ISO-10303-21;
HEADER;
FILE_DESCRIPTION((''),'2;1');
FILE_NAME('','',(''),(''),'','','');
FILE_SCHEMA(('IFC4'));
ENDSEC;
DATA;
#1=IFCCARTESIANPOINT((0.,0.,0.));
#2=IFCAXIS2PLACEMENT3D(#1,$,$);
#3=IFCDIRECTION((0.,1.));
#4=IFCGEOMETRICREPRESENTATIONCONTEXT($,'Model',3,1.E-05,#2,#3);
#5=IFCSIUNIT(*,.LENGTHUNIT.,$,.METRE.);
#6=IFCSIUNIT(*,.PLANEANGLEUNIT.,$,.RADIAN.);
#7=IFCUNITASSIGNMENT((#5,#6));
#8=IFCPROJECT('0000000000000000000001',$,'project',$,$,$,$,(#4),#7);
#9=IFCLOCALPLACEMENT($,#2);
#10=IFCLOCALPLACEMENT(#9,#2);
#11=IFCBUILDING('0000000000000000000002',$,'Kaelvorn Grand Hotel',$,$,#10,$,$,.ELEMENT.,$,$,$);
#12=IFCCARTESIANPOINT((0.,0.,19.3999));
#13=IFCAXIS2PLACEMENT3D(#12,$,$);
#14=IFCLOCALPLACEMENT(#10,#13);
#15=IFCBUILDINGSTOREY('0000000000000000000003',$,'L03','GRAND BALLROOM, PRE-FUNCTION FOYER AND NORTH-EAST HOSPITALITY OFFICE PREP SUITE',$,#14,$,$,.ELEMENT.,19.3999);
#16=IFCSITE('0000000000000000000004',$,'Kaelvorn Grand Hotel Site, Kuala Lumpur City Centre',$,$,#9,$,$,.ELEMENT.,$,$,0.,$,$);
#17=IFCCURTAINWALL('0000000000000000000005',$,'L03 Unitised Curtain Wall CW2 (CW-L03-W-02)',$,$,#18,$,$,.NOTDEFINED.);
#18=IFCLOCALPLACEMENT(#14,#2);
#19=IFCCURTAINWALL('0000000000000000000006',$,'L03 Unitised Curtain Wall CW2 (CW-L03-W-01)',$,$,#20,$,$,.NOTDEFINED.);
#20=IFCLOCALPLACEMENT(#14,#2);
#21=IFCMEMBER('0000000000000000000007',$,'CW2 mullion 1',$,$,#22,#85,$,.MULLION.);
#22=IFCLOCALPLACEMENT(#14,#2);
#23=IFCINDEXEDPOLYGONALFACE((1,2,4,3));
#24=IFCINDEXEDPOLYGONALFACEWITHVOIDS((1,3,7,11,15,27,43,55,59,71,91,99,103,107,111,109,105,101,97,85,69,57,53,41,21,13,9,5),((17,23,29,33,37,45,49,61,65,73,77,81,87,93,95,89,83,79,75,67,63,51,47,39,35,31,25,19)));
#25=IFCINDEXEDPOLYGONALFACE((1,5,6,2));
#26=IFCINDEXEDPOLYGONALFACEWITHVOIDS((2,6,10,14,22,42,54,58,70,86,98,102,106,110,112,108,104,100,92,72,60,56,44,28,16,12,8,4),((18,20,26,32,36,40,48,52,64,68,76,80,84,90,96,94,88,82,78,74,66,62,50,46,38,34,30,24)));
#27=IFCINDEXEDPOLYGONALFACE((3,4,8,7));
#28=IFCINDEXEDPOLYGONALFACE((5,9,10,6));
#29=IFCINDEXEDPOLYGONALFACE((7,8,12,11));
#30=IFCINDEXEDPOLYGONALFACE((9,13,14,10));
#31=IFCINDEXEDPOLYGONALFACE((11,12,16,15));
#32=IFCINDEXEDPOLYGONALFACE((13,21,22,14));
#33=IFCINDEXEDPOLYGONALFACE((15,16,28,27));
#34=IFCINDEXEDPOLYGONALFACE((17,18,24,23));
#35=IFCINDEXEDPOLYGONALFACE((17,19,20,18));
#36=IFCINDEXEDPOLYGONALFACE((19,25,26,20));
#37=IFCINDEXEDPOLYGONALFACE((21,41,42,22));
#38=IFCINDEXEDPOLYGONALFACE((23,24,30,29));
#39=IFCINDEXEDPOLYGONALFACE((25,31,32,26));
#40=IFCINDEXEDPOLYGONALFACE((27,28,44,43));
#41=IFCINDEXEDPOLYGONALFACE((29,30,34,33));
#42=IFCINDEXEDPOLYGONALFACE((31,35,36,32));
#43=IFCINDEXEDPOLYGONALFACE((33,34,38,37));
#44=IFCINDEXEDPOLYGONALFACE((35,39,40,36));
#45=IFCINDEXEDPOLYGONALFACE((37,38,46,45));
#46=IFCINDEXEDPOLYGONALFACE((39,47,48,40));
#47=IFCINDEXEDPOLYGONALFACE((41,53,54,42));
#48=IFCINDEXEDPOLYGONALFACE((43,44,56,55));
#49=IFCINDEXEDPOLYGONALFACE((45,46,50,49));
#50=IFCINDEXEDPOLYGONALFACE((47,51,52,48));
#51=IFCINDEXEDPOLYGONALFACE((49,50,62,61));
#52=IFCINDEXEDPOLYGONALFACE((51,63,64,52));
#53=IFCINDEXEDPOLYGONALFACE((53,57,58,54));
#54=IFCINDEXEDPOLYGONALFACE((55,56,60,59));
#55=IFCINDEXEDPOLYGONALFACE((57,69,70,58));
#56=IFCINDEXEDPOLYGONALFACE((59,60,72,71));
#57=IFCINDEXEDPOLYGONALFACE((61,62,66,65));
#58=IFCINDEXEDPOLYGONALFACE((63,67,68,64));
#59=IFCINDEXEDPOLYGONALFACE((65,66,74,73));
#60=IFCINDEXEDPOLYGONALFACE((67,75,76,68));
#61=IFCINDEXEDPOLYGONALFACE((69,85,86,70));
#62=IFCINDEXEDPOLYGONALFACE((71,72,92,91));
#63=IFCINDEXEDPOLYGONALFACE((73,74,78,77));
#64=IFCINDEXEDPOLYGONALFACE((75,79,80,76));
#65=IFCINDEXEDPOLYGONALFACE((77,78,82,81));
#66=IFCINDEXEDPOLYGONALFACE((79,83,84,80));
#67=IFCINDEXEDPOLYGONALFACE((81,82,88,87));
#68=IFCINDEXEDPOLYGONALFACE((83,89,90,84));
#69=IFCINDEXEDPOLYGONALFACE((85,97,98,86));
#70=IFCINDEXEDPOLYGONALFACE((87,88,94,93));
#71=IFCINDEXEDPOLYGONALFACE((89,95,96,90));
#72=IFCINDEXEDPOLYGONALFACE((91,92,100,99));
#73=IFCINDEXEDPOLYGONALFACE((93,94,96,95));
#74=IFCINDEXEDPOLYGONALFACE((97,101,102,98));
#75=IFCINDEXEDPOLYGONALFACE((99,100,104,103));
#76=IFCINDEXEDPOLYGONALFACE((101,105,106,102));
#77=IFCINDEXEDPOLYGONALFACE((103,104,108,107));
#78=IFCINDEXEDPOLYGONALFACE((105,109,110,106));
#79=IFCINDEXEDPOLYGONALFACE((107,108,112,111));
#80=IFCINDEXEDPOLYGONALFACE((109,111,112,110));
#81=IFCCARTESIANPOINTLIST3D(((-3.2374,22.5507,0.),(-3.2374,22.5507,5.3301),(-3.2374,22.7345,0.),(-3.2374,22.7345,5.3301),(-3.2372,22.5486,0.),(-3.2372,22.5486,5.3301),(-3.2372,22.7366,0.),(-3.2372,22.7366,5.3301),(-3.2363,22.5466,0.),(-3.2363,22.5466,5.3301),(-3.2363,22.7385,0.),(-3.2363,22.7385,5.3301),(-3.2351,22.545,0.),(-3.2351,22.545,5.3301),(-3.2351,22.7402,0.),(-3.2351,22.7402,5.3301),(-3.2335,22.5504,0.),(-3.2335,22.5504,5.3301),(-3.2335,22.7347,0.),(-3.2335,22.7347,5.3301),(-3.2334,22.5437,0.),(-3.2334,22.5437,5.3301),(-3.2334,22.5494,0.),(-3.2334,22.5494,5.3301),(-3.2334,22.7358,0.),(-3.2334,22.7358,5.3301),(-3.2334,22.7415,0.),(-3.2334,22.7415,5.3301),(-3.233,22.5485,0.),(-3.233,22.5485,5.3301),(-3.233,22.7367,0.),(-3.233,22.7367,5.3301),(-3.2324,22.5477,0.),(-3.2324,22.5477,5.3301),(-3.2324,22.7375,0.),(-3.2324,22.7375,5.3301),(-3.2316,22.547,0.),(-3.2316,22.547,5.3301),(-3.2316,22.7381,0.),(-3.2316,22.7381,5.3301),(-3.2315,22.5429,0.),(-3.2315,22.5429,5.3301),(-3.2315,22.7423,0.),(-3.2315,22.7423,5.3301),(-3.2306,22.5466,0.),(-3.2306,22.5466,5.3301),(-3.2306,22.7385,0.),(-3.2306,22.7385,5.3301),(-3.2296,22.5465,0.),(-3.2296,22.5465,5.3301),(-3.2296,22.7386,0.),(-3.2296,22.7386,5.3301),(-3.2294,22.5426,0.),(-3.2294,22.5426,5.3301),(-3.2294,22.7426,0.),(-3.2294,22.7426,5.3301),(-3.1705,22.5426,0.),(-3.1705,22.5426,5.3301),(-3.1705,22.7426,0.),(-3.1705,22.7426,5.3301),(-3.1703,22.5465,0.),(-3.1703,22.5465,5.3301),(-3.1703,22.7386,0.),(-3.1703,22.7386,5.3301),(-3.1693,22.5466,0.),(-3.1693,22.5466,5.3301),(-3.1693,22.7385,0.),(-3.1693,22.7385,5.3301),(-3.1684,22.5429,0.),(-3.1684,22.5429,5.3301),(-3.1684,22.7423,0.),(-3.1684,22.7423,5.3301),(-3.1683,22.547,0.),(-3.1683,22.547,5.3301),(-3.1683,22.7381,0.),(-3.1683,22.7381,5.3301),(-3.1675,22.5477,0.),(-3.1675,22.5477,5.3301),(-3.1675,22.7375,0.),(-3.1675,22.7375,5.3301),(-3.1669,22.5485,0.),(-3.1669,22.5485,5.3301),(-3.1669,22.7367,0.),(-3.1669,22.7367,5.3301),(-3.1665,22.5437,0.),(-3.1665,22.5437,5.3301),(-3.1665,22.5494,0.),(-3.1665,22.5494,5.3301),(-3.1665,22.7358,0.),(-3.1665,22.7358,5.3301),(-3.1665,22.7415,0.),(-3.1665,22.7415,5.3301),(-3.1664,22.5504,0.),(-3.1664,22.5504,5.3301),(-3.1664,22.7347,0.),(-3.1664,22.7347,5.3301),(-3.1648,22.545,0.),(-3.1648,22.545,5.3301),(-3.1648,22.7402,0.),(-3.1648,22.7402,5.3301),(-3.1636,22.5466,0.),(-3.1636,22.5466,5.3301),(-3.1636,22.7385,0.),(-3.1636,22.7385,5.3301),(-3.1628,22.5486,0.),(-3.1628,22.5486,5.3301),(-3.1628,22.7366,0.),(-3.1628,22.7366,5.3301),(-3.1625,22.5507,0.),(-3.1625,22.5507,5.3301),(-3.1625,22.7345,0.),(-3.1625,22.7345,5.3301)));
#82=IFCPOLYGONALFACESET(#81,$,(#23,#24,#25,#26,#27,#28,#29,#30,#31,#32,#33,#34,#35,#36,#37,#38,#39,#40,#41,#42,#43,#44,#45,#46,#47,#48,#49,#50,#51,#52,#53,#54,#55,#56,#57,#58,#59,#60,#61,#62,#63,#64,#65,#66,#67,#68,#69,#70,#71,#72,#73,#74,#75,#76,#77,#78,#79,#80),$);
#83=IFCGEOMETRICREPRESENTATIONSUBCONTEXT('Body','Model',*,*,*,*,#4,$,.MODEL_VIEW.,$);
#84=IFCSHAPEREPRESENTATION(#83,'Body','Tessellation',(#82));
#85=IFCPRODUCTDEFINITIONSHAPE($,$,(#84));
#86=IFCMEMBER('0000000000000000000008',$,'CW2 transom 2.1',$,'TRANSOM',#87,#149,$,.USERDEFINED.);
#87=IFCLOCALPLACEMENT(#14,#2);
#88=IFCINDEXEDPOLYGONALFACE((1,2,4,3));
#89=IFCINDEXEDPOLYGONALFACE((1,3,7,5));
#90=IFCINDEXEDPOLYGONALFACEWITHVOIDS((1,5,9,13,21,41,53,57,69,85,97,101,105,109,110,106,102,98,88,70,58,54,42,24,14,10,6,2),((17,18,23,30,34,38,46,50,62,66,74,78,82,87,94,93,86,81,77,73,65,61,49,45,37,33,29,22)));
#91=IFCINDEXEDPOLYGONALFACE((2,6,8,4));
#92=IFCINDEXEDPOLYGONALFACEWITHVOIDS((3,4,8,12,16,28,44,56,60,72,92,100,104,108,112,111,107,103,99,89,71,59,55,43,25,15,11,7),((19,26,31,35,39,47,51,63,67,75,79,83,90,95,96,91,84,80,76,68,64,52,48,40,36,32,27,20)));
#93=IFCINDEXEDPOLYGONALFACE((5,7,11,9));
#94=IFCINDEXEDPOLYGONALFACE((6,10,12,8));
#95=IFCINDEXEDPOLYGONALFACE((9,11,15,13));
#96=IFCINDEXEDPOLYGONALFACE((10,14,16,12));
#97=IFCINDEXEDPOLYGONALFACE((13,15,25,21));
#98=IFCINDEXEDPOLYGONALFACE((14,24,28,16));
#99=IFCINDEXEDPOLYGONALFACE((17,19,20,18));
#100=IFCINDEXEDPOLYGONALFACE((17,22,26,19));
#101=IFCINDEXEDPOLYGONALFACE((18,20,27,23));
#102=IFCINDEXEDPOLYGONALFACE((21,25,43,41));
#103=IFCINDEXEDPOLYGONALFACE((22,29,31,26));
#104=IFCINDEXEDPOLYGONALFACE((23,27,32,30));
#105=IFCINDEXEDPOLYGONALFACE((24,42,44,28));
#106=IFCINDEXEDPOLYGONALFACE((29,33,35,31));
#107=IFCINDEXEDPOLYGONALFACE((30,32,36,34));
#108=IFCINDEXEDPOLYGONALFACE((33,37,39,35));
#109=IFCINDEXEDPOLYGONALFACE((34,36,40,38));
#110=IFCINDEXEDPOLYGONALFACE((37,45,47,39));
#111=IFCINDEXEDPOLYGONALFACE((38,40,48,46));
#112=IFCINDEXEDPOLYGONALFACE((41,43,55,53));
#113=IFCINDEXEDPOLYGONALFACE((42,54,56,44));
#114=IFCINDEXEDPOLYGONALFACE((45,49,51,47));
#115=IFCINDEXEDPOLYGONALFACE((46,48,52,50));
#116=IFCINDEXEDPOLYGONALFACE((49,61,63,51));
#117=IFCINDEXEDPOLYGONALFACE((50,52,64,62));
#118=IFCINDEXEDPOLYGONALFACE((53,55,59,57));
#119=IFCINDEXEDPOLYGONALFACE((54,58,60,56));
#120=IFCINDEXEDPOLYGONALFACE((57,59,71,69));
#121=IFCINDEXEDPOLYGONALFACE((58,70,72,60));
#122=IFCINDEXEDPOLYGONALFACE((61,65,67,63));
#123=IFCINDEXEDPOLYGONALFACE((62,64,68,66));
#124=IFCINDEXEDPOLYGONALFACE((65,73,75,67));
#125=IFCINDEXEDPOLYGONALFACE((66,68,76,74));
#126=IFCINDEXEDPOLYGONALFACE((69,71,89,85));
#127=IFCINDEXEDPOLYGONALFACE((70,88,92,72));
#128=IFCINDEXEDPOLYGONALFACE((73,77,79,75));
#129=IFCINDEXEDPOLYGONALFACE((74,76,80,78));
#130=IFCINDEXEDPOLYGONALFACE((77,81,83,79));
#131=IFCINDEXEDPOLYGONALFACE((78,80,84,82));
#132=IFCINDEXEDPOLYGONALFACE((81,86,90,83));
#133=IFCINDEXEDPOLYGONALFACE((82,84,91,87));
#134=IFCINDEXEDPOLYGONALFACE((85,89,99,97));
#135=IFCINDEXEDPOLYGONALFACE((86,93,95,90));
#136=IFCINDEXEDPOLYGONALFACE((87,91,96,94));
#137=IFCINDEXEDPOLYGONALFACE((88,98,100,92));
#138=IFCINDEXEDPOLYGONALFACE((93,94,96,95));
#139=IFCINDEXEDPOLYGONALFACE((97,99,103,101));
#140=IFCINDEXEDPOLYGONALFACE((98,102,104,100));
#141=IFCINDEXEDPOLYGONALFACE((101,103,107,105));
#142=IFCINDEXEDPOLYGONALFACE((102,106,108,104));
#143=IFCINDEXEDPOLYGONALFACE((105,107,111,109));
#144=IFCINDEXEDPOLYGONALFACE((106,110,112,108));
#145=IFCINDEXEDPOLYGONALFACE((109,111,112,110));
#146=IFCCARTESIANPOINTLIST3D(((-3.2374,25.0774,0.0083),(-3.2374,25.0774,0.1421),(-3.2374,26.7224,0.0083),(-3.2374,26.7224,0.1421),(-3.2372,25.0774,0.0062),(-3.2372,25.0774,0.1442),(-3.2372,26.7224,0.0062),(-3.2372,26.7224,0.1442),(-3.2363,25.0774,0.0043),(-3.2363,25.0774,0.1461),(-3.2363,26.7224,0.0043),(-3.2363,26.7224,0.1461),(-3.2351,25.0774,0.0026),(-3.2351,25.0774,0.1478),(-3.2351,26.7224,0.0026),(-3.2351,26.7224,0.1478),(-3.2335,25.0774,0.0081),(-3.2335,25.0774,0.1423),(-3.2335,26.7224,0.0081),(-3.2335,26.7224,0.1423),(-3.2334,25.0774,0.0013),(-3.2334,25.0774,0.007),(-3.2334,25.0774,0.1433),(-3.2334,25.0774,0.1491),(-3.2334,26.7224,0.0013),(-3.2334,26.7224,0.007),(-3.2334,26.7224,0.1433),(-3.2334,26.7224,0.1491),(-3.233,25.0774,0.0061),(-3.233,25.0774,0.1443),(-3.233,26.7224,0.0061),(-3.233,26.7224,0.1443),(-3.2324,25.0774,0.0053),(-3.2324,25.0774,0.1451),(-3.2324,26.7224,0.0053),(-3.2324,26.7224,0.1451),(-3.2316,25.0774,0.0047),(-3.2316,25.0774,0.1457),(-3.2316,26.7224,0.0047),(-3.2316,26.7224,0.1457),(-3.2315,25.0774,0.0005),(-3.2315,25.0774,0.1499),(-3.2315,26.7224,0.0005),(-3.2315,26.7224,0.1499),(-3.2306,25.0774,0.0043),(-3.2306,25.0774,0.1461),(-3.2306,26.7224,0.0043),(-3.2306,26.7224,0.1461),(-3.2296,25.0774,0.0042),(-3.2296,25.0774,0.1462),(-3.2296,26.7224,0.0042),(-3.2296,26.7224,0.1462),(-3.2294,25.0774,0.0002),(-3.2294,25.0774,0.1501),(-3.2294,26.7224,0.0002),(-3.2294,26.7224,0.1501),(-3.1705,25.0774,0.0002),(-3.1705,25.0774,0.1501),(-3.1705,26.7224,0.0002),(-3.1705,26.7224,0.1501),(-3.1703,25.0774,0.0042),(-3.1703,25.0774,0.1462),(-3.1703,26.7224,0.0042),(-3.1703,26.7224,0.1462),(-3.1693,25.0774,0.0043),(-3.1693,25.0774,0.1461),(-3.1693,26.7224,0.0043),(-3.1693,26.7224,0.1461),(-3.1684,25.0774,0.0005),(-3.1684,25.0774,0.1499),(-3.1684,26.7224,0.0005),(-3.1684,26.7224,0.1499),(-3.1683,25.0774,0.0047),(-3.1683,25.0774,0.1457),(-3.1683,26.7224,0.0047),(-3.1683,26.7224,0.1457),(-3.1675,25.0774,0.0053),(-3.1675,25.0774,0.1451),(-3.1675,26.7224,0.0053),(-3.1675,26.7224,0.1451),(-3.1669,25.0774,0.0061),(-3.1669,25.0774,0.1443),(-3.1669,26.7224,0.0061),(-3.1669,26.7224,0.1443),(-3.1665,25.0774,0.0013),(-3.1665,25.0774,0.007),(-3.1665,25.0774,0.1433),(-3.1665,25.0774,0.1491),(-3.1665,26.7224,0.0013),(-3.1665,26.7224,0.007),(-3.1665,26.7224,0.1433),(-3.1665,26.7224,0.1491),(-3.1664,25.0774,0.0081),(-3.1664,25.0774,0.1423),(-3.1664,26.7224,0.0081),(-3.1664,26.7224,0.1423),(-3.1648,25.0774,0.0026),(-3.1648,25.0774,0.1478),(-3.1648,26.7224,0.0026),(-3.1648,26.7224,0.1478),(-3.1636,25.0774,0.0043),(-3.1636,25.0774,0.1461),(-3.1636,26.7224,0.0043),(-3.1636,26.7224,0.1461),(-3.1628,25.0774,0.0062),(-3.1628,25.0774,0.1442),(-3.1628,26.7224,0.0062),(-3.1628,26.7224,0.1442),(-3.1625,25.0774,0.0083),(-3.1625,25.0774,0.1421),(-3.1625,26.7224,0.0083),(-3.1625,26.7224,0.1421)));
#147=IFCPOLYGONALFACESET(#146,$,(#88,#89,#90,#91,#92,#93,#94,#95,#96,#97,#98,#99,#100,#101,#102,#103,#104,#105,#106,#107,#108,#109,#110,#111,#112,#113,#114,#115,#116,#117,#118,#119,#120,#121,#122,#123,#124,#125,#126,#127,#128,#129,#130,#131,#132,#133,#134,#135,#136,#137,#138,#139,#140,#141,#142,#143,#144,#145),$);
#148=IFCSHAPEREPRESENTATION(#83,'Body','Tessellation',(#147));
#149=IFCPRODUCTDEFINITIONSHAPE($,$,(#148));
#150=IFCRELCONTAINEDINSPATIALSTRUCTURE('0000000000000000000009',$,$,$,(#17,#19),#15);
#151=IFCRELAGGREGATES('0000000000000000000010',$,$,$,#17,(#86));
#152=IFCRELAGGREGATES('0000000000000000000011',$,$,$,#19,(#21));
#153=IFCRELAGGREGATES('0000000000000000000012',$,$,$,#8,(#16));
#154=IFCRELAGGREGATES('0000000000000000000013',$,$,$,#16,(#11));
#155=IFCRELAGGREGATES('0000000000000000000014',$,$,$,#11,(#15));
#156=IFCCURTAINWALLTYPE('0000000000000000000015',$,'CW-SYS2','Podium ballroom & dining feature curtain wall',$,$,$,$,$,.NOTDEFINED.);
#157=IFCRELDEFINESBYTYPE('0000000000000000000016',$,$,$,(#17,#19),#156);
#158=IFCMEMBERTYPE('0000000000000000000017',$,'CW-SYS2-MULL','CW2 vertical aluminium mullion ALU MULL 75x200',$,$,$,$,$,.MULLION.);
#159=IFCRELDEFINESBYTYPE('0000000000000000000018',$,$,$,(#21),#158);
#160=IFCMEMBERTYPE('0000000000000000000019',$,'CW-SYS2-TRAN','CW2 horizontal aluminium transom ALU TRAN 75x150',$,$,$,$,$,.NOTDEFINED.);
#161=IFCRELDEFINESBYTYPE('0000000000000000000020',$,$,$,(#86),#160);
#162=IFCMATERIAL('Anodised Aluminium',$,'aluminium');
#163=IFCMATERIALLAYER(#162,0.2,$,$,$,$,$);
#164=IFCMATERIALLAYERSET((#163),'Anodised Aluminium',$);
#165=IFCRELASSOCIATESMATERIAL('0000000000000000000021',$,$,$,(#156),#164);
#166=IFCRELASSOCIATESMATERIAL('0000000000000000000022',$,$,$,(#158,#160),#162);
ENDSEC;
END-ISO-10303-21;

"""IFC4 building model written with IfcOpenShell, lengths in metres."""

from ifc_helpers import new_model, si_unit, direction, frame, origin, origin_2d, place, context, subcontext, project, spatial, hollow_rectangle, extrude, material, layer, layer_set, material_profile, profile_set, type_object, element, aggregate, save


model = new_model("IFC4")

# Units and contexts
model_context = context("Model", 3, precision=1e-05, world=origin(), true_north=direction((0.0, 1.0)))
body_context = subcontext(model_context, "Body", "Model", "MODEL_VIEW")
ifc_project = project(units=[si_unit("LENGTHUNIT", "METRE"), si_unit("PLANEANGLEUNIT", "RADIAN")], contexts=[model_context])

# Site, building, storey
site_placement = place(None, origin())
site = spatial("IfcSite", under=ifc_project, at=site_placement, Name="Kaelvorn Grand Hotel Site, Kuala Lumpur City Centre", CompositionType="ELEMENT", RefElevation=0.0)
building_placement = place(site_placement, origin())
building = spatial("IfcBuilding", under=site, at=building_placement, Name="Kaelvorn Grand Hotel", CompositionType="ELEMENT")
storey_placement = place(building_placement, frame((0.0, 0.0, 19.3999)))
storey = spatial("IfcBuildingStorey", under=building, at=storey_placement, Name="L03", Description="GRAND BALLROOM, PRE-FUNCTION FOYER AND NORTH-EAST HOSPITALITY OFFICE PREP SUITE", CompositionType="ELEMENT", Elevation=19.3999)

# Curtain wall
ifc_material_1 = material(Name="Anodised Aluminium", Category="aluminium")
ifc_layer_1 = layer(ifc_material_1, 0.2)
ifc_layer_set_1 = layer_set([ifc_layer_1], Name="Anodised Aluminium")
curtain_wall_type = type_object("IfcCurtainWallType", Name="CW-SYS2", Description="Podium ballroom & dining feature curtain wall", PredefinedType="NOTDEFINED", material=ifc_layer_set_1)
curtain_wall_1_placement = place(storey_placement, origin())
curtain_wall_1 = element("IfcCurtainWall", 1, at=curtain_wall_1_placement, inside=storey, type_object=curtain_wall_type, Name="L03 Unitised Curtain Wall CW2 (CW-L03-W-02)", PredefinedType="NOTDEFINED")
ifc_material_profile_1 = material_profile(ifc_material_1, hollow_rectangle(XDim=0.075, YDim=0.2, WallThickness=0.0039, InnerFilletRadius=0.0039, OuterFilletRadius=0.0081, at=origin_2d()), Name="ALU MULL 75x200")
ifc_profile_set_1 = profile_set([ifc_material_profile_1], Name="Anodised Aluminium")
member_type_1 = type_object("IfcMemberType", Name="CW-SYS2-MULL", Description="CW2 vertical aluminium mullion ALU MULL 75x200", PredefinedType="MULLION", material=ifc_profile_set_1)

# Curtain wall, member
curtain_wall_2_placement = place(storey_placement, origin())
curtain_wall_2 = element("IfcCurtainWall", 2, at=curtain_wall_2_placement, inside=storey, type_object=curtain_wall_type, Name="L03 Unitised Curtain Wall CW2 (CW-L03-W-01)", PredefinedType="NOTDEFINED")
member_1_placement = place(storey_placement, frame((-3.2, 22.6426, 0.0), z_axis=(0.0, 0.0, 1.0), x_axis=(1.0, 0.0, 0.0)))
member_1 = element("IfcMember", 3, at=member_1_placement, type_object=member_type_1, Name="CW2 mullion 1", PredefinedType="MULLION", context=body_context, shape_type="SweptSolid", body=[
    extrude(hollow_rectangle(XDim=0.075, YDim=0.2, WallThickness=0.0039, InnerFilletRadius=0.0039, OuterFilletRadius=0.0081, at=origin_2d()), origin(), (0.0, 0.0, 1.0), 5.3301),
])

# Member
ifc_material_profile_2 = material_profile(ifc_material_1, hollow_rectangle(XDim=0.075, YDim=0.1499, WallThickness=0.0039, InnerFilletRadius=0.0039, OuterFilletRadius=0.0081, at=origin_2d()), Name="ALU TRAN 75x150")
ifc_profile_set_2 = profile_set([ifc_material_profile_2], Name="Anodised Aluminium")
member_type_2 = type_object("IfcMemberType", Name="CW-SYS2-TRAN", Description="CW2 horizontal aluminium transom ALU TRAN 75x150", PredefinedType="NOTDEFINED", material=ifc_profile_set_2)
member_2_placement = place(storey_placement, frame((-3.2, 26.7224, 0.0752), z_axis=(0.0, -1.0, 0.0), x_axis=(1.0, 0.0, 0.0)))
member_2 = element("IfcMember", 4, at=member_2_placement, type_object=member_type_2, Name="CW2 transom 2.1", ObjectType="TRANSOM", PredefinedType="USERDEFINED", context=body_context, shape_type="SweptSolid", body=[
    extrude(hollow_rectangle(XDim=0.075, YDim=0.1499, WallThickness=0.0039, InnerFilletRadius=0.0039, OuterFilletRadius=0.0081, at=origin_2d()), origin(), (0.0, 0.0, 1.0), 1.645),
])

aggregate(curtain_wall_1, [member_2])
aggregate(curtain_wall_2, [member_1])

save(model, "model.ifc")
